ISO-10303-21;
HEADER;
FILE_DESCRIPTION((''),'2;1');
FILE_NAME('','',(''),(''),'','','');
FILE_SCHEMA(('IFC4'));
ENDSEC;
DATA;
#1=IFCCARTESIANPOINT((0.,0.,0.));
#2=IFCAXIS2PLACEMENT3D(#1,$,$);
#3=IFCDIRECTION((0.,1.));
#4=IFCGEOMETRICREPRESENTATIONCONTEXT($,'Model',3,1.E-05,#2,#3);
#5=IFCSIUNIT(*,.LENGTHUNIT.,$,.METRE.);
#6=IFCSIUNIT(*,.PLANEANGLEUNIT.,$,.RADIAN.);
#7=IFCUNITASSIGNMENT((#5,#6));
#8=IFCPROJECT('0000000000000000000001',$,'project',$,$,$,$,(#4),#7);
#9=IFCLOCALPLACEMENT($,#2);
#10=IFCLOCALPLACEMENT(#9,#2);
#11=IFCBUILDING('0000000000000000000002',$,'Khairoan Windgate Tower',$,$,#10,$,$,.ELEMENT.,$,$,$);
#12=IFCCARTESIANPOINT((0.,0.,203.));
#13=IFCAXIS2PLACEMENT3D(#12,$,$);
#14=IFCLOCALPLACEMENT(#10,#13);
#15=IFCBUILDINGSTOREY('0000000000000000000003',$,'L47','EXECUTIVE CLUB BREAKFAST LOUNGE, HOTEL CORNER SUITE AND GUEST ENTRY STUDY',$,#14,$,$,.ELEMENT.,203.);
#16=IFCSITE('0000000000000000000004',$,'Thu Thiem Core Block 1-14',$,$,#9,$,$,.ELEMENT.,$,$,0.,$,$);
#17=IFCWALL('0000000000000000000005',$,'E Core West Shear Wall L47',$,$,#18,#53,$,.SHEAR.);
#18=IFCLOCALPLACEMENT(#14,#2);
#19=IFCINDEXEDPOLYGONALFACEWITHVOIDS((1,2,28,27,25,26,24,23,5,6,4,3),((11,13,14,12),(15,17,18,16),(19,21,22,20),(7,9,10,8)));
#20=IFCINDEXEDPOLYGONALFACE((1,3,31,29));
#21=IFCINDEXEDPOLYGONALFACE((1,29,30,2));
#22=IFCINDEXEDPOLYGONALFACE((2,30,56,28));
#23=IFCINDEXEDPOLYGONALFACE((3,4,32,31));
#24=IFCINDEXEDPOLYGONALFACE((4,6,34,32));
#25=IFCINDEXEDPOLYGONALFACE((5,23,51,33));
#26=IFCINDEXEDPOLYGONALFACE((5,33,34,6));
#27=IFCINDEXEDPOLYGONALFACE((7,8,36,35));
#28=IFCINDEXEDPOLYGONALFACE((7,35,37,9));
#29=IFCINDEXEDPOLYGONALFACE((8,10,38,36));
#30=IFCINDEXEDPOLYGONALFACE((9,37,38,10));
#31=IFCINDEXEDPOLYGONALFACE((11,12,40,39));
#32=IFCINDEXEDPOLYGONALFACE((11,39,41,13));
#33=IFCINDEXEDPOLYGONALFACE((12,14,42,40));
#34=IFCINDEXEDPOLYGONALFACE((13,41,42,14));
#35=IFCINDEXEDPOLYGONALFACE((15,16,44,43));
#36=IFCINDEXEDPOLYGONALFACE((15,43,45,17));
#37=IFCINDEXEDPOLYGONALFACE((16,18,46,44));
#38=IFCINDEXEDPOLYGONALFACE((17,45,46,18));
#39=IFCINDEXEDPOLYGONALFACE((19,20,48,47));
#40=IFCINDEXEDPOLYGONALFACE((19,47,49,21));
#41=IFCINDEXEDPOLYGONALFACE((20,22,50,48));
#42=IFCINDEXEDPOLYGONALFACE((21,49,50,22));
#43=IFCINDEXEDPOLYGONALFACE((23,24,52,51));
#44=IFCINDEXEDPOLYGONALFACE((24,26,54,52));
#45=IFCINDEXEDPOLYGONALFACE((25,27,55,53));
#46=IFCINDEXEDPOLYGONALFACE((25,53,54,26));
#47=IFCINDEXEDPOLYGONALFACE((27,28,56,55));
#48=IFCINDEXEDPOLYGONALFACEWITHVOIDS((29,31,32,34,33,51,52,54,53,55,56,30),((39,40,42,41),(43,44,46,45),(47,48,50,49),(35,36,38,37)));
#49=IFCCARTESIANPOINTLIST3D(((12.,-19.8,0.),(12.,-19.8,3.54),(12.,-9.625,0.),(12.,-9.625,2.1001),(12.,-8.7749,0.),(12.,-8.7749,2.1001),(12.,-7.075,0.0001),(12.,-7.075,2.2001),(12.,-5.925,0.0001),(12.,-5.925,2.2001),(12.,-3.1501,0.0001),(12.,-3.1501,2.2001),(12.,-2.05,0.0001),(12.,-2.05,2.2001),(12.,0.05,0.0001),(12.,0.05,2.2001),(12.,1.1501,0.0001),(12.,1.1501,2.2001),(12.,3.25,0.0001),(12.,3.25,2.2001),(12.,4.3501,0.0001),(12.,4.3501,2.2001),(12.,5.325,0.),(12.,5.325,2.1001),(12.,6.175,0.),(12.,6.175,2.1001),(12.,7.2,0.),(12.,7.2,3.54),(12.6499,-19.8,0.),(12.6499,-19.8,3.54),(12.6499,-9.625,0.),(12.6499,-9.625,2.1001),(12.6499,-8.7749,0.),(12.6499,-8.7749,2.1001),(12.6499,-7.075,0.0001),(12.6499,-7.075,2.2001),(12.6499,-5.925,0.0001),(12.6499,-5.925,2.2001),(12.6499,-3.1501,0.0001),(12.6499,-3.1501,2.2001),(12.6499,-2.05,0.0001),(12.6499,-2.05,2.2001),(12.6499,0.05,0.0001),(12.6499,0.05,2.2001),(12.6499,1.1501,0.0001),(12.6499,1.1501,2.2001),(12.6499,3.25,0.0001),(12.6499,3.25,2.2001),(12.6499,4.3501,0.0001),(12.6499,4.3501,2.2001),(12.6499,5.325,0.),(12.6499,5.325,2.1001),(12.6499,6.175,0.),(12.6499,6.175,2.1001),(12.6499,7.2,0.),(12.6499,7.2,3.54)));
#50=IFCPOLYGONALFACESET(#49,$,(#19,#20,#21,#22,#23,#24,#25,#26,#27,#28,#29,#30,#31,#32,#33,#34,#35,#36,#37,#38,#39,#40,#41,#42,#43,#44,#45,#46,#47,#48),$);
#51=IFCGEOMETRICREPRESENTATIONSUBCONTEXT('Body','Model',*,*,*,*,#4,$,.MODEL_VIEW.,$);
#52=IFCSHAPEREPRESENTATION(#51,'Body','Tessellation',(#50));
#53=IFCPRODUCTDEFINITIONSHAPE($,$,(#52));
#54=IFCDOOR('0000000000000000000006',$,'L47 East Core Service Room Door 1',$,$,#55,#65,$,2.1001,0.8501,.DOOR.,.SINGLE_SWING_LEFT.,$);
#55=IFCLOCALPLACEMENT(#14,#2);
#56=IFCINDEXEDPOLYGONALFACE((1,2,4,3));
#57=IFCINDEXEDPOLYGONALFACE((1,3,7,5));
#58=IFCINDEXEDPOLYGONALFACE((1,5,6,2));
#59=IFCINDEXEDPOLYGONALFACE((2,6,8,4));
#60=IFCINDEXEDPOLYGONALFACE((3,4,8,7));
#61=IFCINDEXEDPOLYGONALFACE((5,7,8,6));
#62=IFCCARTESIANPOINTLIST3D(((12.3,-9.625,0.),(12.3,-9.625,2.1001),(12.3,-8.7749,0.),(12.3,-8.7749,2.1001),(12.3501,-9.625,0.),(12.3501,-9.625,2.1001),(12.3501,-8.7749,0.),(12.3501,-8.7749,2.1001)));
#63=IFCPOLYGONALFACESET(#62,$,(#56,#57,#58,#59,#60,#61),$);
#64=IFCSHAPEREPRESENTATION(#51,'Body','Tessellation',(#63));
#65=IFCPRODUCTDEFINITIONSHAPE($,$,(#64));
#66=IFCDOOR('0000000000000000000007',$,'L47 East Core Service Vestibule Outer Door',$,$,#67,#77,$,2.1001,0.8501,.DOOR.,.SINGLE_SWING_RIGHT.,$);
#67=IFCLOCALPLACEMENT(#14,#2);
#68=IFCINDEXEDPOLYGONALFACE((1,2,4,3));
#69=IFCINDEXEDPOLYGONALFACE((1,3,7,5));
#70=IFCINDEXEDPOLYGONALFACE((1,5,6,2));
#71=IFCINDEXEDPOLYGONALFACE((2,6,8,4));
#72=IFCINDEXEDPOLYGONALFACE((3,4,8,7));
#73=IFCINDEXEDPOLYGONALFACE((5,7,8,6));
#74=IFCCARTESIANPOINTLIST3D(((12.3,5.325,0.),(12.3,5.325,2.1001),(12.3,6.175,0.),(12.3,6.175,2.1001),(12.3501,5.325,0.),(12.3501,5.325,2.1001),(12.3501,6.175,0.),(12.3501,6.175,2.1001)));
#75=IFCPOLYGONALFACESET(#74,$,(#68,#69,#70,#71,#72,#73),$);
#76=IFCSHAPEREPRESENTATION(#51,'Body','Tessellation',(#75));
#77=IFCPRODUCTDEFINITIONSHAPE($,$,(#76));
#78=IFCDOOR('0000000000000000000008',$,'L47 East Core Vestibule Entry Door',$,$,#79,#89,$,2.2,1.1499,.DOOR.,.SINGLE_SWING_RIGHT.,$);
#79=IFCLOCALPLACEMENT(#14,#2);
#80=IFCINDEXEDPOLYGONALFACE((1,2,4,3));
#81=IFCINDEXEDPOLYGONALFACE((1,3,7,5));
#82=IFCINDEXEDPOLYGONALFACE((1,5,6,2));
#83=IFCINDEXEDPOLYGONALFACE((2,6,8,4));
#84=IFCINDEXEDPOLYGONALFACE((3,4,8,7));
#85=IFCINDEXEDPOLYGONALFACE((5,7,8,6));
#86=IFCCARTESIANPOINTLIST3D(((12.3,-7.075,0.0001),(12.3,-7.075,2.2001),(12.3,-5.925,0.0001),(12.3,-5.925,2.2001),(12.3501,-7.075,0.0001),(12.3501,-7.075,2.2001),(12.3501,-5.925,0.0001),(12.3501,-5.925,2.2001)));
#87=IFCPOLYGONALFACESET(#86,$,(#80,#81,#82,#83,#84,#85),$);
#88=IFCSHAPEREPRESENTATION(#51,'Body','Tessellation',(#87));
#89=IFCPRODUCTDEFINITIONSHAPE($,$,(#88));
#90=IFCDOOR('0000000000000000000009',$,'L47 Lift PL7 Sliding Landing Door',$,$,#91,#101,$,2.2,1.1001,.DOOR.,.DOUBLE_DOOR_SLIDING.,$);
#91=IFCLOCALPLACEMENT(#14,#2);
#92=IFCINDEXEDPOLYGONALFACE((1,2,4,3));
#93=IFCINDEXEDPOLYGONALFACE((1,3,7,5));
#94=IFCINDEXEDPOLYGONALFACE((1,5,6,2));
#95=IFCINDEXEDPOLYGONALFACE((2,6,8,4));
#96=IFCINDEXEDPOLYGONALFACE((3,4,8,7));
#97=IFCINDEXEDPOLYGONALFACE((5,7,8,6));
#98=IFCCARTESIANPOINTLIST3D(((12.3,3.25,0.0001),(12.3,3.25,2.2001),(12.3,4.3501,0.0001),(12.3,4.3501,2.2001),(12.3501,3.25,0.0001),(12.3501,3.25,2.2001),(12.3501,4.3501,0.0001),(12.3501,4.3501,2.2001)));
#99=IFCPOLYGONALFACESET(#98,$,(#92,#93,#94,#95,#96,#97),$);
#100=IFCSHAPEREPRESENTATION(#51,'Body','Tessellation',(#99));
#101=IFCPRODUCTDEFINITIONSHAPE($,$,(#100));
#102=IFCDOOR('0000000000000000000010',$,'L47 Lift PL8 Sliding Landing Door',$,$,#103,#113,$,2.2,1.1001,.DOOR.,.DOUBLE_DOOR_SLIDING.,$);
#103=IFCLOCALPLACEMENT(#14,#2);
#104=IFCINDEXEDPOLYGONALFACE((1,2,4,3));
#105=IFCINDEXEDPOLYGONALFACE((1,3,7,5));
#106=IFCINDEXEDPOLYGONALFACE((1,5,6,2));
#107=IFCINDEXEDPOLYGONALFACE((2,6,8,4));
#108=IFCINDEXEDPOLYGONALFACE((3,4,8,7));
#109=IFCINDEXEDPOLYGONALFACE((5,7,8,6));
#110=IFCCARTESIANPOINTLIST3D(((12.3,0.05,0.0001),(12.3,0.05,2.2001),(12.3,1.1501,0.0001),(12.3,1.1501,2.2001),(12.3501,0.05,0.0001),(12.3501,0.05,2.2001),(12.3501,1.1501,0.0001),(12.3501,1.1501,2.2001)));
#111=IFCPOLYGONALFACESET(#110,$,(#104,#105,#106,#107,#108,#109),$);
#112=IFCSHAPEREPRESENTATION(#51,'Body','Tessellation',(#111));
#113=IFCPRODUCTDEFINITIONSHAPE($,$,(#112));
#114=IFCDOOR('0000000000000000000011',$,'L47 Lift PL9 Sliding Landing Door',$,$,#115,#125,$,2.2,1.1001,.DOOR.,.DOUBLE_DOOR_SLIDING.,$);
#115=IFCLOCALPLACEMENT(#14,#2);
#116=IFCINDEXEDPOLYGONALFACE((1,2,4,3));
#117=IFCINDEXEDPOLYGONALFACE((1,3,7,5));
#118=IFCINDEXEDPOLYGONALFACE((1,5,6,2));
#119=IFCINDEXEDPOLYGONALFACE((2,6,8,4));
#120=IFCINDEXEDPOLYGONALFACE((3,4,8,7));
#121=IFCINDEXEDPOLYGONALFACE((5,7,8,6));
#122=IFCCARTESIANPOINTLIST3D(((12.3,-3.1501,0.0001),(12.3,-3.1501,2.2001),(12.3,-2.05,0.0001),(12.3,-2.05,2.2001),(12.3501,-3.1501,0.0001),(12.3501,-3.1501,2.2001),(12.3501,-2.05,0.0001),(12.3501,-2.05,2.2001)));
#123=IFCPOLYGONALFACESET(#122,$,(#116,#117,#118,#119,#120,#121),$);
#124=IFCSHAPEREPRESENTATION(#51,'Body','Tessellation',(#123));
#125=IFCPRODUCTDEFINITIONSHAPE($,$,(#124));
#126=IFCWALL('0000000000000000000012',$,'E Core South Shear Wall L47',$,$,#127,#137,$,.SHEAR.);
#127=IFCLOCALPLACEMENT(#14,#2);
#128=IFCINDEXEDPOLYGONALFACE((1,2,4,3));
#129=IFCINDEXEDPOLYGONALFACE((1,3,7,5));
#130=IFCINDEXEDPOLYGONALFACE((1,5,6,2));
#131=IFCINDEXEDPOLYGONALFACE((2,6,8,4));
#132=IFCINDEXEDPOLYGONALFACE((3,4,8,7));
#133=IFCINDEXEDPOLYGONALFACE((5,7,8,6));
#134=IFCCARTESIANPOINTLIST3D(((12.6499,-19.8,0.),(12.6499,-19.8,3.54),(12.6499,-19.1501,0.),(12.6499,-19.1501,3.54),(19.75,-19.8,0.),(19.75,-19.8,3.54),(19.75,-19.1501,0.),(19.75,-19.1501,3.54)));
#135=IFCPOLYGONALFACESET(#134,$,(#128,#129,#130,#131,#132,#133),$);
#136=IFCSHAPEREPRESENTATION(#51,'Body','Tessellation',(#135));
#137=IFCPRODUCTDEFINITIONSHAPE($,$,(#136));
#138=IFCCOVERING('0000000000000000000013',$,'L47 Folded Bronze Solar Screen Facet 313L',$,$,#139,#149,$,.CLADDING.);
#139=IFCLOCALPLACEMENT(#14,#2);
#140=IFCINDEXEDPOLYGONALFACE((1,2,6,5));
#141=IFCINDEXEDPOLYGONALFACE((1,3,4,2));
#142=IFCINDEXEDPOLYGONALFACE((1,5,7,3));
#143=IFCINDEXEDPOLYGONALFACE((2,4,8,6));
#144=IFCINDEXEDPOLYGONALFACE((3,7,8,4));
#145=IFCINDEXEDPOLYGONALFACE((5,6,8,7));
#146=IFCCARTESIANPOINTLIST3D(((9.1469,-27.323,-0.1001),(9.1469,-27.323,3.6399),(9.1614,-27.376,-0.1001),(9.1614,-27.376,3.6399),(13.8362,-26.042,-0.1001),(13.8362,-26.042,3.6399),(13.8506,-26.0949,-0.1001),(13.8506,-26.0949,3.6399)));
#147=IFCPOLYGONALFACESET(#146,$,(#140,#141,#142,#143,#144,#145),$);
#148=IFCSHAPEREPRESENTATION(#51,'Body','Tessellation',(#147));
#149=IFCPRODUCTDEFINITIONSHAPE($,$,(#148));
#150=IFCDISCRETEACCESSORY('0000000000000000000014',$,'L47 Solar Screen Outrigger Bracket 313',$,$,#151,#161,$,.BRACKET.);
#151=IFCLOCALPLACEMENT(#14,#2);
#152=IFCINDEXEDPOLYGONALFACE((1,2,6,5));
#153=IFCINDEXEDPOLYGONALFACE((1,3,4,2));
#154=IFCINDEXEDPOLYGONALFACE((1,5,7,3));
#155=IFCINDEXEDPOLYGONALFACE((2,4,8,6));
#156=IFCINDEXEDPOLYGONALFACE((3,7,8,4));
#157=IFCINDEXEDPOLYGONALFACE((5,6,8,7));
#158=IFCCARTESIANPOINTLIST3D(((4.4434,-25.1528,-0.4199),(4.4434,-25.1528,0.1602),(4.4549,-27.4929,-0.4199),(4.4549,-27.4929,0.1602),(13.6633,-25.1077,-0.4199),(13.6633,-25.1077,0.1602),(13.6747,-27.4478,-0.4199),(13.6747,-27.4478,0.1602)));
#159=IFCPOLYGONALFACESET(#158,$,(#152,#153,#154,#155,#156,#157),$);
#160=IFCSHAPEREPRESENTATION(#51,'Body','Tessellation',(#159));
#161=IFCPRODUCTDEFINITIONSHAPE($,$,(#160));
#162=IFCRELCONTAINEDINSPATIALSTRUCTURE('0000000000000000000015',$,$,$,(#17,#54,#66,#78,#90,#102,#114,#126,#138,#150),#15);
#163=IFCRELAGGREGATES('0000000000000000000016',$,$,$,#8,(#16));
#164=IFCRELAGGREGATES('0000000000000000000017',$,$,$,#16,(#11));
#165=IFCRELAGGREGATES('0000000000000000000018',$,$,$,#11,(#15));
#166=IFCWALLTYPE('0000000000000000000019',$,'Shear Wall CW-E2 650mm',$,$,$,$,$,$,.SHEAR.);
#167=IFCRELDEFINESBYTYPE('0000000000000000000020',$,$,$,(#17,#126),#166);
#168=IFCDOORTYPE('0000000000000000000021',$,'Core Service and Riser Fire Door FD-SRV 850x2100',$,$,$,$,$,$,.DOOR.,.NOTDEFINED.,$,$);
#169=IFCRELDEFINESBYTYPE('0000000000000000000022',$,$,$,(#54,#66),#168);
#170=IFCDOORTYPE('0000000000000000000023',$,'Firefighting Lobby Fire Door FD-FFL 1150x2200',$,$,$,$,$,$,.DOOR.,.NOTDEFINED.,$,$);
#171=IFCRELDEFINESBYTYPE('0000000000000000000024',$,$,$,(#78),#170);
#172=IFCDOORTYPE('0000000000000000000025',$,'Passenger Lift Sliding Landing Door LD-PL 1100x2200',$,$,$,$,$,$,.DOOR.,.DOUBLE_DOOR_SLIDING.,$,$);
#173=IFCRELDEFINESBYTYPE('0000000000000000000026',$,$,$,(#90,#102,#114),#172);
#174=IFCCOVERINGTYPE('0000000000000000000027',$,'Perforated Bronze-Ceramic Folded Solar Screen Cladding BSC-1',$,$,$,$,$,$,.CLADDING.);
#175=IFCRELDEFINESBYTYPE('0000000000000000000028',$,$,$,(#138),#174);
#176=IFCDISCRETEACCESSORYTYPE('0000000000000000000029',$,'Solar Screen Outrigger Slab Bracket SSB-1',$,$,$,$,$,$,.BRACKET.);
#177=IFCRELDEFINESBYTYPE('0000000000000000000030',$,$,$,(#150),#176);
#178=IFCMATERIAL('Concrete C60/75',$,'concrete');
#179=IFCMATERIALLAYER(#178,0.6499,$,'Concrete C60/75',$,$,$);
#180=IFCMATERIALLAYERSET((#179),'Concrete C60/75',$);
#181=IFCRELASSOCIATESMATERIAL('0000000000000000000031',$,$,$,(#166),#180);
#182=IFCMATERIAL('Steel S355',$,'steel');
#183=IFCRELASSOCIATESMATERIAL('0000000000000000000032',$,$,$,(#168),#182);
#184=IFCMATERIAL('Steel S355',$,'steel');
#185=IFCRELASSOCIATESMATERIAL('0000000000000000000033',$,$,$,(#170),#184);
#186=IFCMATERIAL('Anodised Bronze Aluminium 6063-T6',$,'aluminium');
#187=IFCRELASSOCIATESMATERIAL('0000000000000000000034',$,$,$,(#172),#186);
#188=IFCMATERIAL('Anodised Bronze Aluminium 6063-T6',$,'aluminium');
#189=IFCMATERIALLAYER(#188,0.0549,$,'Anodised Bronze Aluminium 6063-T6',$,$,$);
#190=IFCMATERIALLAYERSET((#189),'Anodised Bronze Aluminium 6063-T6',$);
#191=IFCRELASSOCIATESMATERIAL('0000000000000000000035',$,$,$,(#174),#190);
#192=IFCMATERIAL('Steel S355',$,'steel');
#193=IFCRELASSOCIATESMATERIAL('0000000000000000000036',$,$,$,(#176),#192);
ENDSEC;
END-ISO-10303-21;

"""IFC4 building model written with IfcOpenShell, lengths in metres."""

from ifc_helpers import new_model, si_unit, direction, frame, frame_2d, origin, origin_2d, place, context, subcontext, project, spatial, rectangle, extrude, material, layer, layer_set, type_object, element, fill, save


model = new_model("IFC4")

# Units and contexts
model_context = context("Model", 3, precision=1e-05, world=origin(), true_north=direction((0.0, 1.0)))
body_context = subcontext(model_context, "Body", "Model", "MODEL_VIEW")
ifc_project = project(units=[si_unit("LENGTHUNIT", "METRE"), si_unit("PLANEANGLEUNIT", "RADIAN")], contexts=[model_context])

# Site, building, storey
site_placement = place(None, origin())
site = spatial("IfcSite", under=ifc_project, at=site_placement, Name="Thu Thiem Core Block 1-14", CompositionType="ELEMENT", RefElevation=0.0)
building_placement = place(site_placement, origin())
building = spatial("IfcBuilding", under=site, at=building_placement, Name="Khairoan Windgate Tower", CompositionType="ELEMENT")
storey_placement = place(building_placement, frame((0.0, 0.0, 203.0)))
storey = spatial("IfcBuildingStorey", under=building, at=storey_placement, Name="L47", Description="EXECUTIVE CLUB BREAKFAST LOUNGE, HOTEL CORNER SUITE AND GUEST ENTRY STUDY", CompositionType="ELEMENT", Elevation=203.0)

# Wall, openings, doors
ifc_material_1 = material(Name="Concrete C60/75", Category="concrete")
ifc_layer_1 = layer(ifc_material_1, 0.6499, Name="Concrete C60/75")
ifc_layer_set_1 = layer_set([ifc_layer_1], Name="Concrete C60/75")
wall_type_1 = type_object("IfcWallType", Name="Shear Wall CW-E2 650mm", PredefinedType="SHEAR", material=ifc_layer_set_1)
wall_1_placement = place(storey_placement, frame((12.325, -19.8, 0.0), z_axis=(0.0, 0.0, 1.0), x_axis=(0.0, 1.0, 0.0)))
wall_1 = element("IfcWall", 1, at=wall_1_placement, inside=storey, type_object=wall_type_1, Name="E Core West Shear Wall L47", PredefinedType="SHEAR", context=body_context, shape_type="SweptSolid", body=[
    extrude(rectangle(XDim=27.0, YDim=0.6499, at=frame_2d((13.5, 0.0))), origin(), (0.0, 0.0, 1.0), 3.54),
])
opening_1_placement = place(wall_1_placement, frame((23.05, 0.0, 0.0)))
opening_1 = element("IfcOpeningElement", 2, at=opening_1_placement, cuts=wall_1, PredefinedType="OPENING", context=body_context, shape_type="SweptSolid", body=[
    extrude(rectangle(XDim=1.1001, YDim=2.2, at=frame_2d((0.55, 1.1001))), frame((0.0, 0.335, 0.0), z_axis=(0.0, -1.0, 0.0), x_axis=(1.0, 0.0, 0.0)), (0.0, 0.0, 1.0), 0.6699),
])
opening_2_placement = place(wall_1_placement, frame((19.8501, 0.0, 0.0)))
opening_2 = element("IfcOpeningElement", 3, at=opening_2_placement, cuts=wall_1, PredefinedType="OPENING", context=body_context, shape_type="SweptSolid", body=[
    extrude(rectangle(XDim=1.1001, YDim=2.2, at=frame_2d((0.55, 1.1001))), frame((0.0, 0.335, 0.0), z_axis=(0.0, -1.0, 0.0), x_axis=(1.0, 0.0, 0.0)), (0.0, 0.0, 1.0), 0.6699),
])
opening_3_placement = place(wall_1_placement, frame((16.6499, 0.0, 0.0)))
opening_3 = element("IfcOpeningElement", 4, at=opening_3_placement, cuts=wall_1, PredefinedType="OPENING", context=body_context, shape_type="SweptSolid", body=[
    extrude(rectangle(XDim=1.1001, YDim=2.2, at=frame_2d((0.55, 1.1001))), frame((0.0, 0.335, 0.0), z_axis=(0.0, -1.0, 0.0), x_axis=(1.0, 0.0, 0.0)), (0.0, 0.0, 1.0), 0.6699),
])
opening_4_placement = place(wall_1_placement, frame((10.175, 0.0, 0.0)))
opening_4 = element("IfcOpeningElement", 5, at=opening_4_placement, cuts=wall_1, PredefinedType="OPENING", context=body_context, shape_type="SweptSolid", body=[
    extrude(rectangle(XDim=0.8501, YDim=2.1001, at=frame_2d((0.425, 1.05))), frame((0.0, 0.335, 0.0), z_axis=(0.0, -1.0, 0.0), x_axis=(1.0, 0.0, 0.0)), (0.0, 0.0, 1.0), 0.6699),
])
opening_5_placement = place(wall_1_placement, frame((12.7251, 0.0, 0.0)))
opening_5 = element("IfcOpeningElement", 6, at=opening_5_placement, cuts=wall_1, PredefinedType="OPENING", context=body_context, shape_type="SweptSolid", body=[
    extrude(rectangle(XDim=1.1499, YDim=2.2, at=frame_2d((0.575, 1.1001))), frame((0.0, 0.335, 0.0), z_axis=(0.0, -1.0, 0.0), x_axis=(1.0, 0.0, 0.0)), (0.0, 0.0, 1.0), 0.6699),
])
opening_6_placement = place(wall_1_placement, frame((25.125, 0.0, 0.0)))
opening_6 = element("IfcOpeningElement", 7, at=opening_6_placement, cuts=wall_1, PredefinedType="OPENING", context=body_context, shape_type="SweptSolid", body=[
    extrude(rectangle(XDim=0.8501, YDim=2.1001, at=frame_2d((0.425, 1.05))), frame((0.0, 0.335, 0.0), z_axis=(0.0, -1.0, 0.0), x_axis=(1.0, 0.0, 0.0)), (0.0, 0.0, 1.0), 0.6699),
])
ifc_material_2 = material(Name="Steel S355", Category="steel")
door_type_1 = type_object("IfcDoorType", Name="Core Service and Riser Fire Door FD-SRV 850x2100", OperationType="NOTDEFINED", PredefinedType="DOOR", material=ifc_material_2)
door_1_placement = place(opening_4_placement, origin())
door_1 = element("IfcDoor", 8, at=door_1_placement, inside=storey, type_object=door_type_1, Name="L47 East Core Service Room Door 1", OperationType="SINGLE_SWING_LEFT", OverallHeight=2.1001, OverallWidth=0.8501, PredefinedType="DOOR", context=body_context, shape_type="SweptSolid", body=[
    extrude(rectangle(XDim=0.8501, YDim=2.1001, at=frame_2d((0.425, 1.05))), frame((0.0, 0.0249, 0.0), z_axis=(0.0, -1.0, 0.0), x_axis=(1.0, 0.0, 0.0)), (0.0, 0.0, 1.0), 0.05),
])
fill(opening_4, door_1)
door_2_placement = place(opening_6_placement, origin())
door_2 = element("IfcDoor", 9, at=door_2_placement, inside=storey, type_object=door_type_1, Name="L47 East Core Service Vestibule Outer Door", OperationType="SINGLE_SWING_RIGHT", OverallHeight=2.1001, OverallWidth=0.8501, PredefinedType="DOOR", context=body_context, shape_type="SweptSolid", body=[
    extrude(rectangle(XDim=0.8501, YDim=2.1001, at=frame_2d((0.425, 1.05))), frame((0.0, 0.0249, 0.0), z_axis=(0.0, -1.0, 0.0), x_axis=(1.0, 0.0, 0.0)), (0.0, 0.0, 1.0), 0.05),
])
fill(opening_6, door_2)
ifc_material_3 = material(Name="Steel S355", Category="steel")
door_type_2 = type_object("IfcDoorType", Name="Firefighting Lobby Fire Door FD-FFL 1150x2200", OperationType="NOTDEFINED", PredefinedType="DOOR", material=ifc_material_3)
door_3_placement = place(opening_5_placement, origin())
door_3 = element("IfcDoor", 10, at=door_3_placement, inside=storey, type_object=door_type_2, Name="L47 East Core Vestibule Entry Door", OperationType="SINGLE_SWING_RIGHT", OverallHeight=2.2, OverallWidth=1.1499, PredefinedType="DOOR", context=body_context, shape_type="SweptSolid", body=[
    extrude(rectangle(XDim=1.1499, YDim=2.2, at=frame_2d((0.575, 1.1001))), frame((0.0, 0.0249, 0.0), z_axis=(0.0, -1.0, 0.0), x_axis=(1.0, 0.0, 0.0)), (0.0, 0.0, 1.0), 0.05),
])
fill(opening_5, door_3)
ifc_material_4 = material(Name="Anodised Bronze Aluminium 6063-T6", Category="aluminium")
door_type_3 = type_object("IfcDoorType", Name="Passenger Lift Sliding Landing Door LD-PL 1100x2200", OperationType="DOUBLE_DOOR_SLIDING", PredefinedType="DOOR", material=ifc_material_4)
door_4_placement = place(opening_1_placement, origin())
door_4 = element("IfcDoor", 11, at=door_4_placement, inside=storey, type_object=door_type_3, Name="L47 Lift PL7 Sliding Landing Door", OperationType="DOUBLE_DOOR_SLIDING", OverallHeight=2.2, OverallWidth=1.1001, PredefinedType="DOOR", context=body_context, shape_type="SweptSolid", body=[
    extrude(rectangle(XDim=1.1001, YDim=2.2, at=frame_2d((0.55, 1.1001))), frame((0.0, 0.0249, 0.0), z_axis=(0.0, -1.0, 0.0), x_axis=(1.0, 0.0, 0.0)), (0.0, 0.0, 1.0), 0.05),
])
fill(opening_1, door_4)
door_5_placement = place(opening_2_placement, origin())
door_5 = element("IfcDoor", 12, at=door_5_placement, inside=storey, type_object=door_type_3, Name="L47 Lift PL8 Sliding Landing Door", OperationType="DOUBLE_DOOR_SLIDING", OverallHeight=2.2, OverallWidth=1.1001, PredefinedType="DOOR", context=body_context, shape_type="SweptSolid", body=[
    extrude(rectangle(XDim=1.1001, YDim=2.2, at=frame_2d((0.55, 1.1001))), frame((0.0, 0.0249, 0.0), z_axis=(0.0, -1.0, 0.0), x_axis=(1.0, 0.0, 0.0)), (0.0, 0.0, 1.0), 0.05),
])
fill(opening_2, door_5)
door_6_placement = place(opening_3_placement, origin())
door_6 = element("IfcDoor", 13, at=door_6_placement, inside=storey, type_object=door_type_3, Name="L47 Lift PL9 Sliding Landing Door", OperationType="DOUBLE_DOOR_SLIDING", OverallHeight=2.2, OverallWidth=1.1001, PredefinedType="DOOR", context=body_context, shape_type="SweptSolid", body=[
    extrude(rectangle(XDim=1.1001, YDim=2.2, at=frame_2d((0.55, 1.1001))), frame((0.0, 0.0249, 0.0), z_axis=(0.0, -1.0, 0.0), x_axis=(1.0, 0.0, 0.0)), (0.0, 0.0, 1.0), 0.05),
])
fill(opening_3, door_6)

# Wall
wall_2_placement = place(storey_placement, frame((12.6499, -19.4751, 0.0), z_axis=(0.0, 0.0, 1.0), x_axis=(1.0, 0.0, 0.0)))
element("IfcWall", 14, at=wall_2_placement, inside=storey, type_object=wall_type_1, Name="E Core South Shear Wall L47", PredefinedType="SHEAR", context=body_context, shape_type="SweptSolid", body=[
    extrude(rectangle(XDim=7.1001, YDim=0.6499, at=frame_2d((3.55, 0.0))), origin(), (0.0, 0.0, 1.0), 3.54),
])

# Covering
ifc_material_5 = material(Name="Anodised Bronze Aluminium 6063-T6", Category="aluminium")
ifc_layer_2 = layer(ifc_material_5, 0.0549, Name="Anodised Bronze Aluminium 6063-T6")
ifc_layer_set_2 = layer_set([ifc_layer_2], Name="Anodised Bronze Aluminium 6063-T6")
covering_type = type_object("IfcCoveringType", Name="Perforated Bronze-Ceramic Folded Solar Screen Cladding BSC-1", PredefinedType="CLADDING", material=ifc_layer_set_2)
covering_placement = place(storey_placement, frame((11.4988, -26.709, -0.1001), z_axis=(0.0, 0.0, 1.0), x_axis=(-0.964649, -0.263536, 0.0)))
element("IfcCovering", 15, at=covering_placement, inside=storey, type_object=covering_type, Name="L47 Folded Bronze Solar Screen Facet 313L", PredefinedType="CLADDING", context=body_context, shape_type="SweptSolid", body=[
    extrude(rectangle(XDim=4.8611, YDim=0.0549, at=origin_2d()), origin(), (0.0, 0.0, 1.0), 3.74),
])

# Discrete accessory
ifc_material_6 = material(Name="Steel S355", Category="steel")
discrete_accessory_type = type_object("IfcDiscreteAccessoryType", Name="Solar Screen Outrigger Slab Bracket SSB-1", PredefinedType="BRACKET", material=ifc_material_6)
discrete_accessory_placement = place(storey_placement, frame((9.0591, -26.3003, -0.4199), z_axis=(0.0, 0.0, 1.0), x_axis=(-0.999988, -0.004887, 0.0)))
element("IfcDiscreteAccessory", 16, at=discrete_accessory_placement, inside=storey, type_object=discrete_accessory_type, Name="L47 Solar Screen Outrigger Bracket 313", PredefinedType="BRACKET", context=body_context, shape_type="SweptSolid", body=[
    extrude(rectangle(XDim=9.22, YDim=2.3401, at=origin_2d()), origin(), (0.0, 0.0, 1.0), 0.5801),
])

save(model, "model.ifc")
